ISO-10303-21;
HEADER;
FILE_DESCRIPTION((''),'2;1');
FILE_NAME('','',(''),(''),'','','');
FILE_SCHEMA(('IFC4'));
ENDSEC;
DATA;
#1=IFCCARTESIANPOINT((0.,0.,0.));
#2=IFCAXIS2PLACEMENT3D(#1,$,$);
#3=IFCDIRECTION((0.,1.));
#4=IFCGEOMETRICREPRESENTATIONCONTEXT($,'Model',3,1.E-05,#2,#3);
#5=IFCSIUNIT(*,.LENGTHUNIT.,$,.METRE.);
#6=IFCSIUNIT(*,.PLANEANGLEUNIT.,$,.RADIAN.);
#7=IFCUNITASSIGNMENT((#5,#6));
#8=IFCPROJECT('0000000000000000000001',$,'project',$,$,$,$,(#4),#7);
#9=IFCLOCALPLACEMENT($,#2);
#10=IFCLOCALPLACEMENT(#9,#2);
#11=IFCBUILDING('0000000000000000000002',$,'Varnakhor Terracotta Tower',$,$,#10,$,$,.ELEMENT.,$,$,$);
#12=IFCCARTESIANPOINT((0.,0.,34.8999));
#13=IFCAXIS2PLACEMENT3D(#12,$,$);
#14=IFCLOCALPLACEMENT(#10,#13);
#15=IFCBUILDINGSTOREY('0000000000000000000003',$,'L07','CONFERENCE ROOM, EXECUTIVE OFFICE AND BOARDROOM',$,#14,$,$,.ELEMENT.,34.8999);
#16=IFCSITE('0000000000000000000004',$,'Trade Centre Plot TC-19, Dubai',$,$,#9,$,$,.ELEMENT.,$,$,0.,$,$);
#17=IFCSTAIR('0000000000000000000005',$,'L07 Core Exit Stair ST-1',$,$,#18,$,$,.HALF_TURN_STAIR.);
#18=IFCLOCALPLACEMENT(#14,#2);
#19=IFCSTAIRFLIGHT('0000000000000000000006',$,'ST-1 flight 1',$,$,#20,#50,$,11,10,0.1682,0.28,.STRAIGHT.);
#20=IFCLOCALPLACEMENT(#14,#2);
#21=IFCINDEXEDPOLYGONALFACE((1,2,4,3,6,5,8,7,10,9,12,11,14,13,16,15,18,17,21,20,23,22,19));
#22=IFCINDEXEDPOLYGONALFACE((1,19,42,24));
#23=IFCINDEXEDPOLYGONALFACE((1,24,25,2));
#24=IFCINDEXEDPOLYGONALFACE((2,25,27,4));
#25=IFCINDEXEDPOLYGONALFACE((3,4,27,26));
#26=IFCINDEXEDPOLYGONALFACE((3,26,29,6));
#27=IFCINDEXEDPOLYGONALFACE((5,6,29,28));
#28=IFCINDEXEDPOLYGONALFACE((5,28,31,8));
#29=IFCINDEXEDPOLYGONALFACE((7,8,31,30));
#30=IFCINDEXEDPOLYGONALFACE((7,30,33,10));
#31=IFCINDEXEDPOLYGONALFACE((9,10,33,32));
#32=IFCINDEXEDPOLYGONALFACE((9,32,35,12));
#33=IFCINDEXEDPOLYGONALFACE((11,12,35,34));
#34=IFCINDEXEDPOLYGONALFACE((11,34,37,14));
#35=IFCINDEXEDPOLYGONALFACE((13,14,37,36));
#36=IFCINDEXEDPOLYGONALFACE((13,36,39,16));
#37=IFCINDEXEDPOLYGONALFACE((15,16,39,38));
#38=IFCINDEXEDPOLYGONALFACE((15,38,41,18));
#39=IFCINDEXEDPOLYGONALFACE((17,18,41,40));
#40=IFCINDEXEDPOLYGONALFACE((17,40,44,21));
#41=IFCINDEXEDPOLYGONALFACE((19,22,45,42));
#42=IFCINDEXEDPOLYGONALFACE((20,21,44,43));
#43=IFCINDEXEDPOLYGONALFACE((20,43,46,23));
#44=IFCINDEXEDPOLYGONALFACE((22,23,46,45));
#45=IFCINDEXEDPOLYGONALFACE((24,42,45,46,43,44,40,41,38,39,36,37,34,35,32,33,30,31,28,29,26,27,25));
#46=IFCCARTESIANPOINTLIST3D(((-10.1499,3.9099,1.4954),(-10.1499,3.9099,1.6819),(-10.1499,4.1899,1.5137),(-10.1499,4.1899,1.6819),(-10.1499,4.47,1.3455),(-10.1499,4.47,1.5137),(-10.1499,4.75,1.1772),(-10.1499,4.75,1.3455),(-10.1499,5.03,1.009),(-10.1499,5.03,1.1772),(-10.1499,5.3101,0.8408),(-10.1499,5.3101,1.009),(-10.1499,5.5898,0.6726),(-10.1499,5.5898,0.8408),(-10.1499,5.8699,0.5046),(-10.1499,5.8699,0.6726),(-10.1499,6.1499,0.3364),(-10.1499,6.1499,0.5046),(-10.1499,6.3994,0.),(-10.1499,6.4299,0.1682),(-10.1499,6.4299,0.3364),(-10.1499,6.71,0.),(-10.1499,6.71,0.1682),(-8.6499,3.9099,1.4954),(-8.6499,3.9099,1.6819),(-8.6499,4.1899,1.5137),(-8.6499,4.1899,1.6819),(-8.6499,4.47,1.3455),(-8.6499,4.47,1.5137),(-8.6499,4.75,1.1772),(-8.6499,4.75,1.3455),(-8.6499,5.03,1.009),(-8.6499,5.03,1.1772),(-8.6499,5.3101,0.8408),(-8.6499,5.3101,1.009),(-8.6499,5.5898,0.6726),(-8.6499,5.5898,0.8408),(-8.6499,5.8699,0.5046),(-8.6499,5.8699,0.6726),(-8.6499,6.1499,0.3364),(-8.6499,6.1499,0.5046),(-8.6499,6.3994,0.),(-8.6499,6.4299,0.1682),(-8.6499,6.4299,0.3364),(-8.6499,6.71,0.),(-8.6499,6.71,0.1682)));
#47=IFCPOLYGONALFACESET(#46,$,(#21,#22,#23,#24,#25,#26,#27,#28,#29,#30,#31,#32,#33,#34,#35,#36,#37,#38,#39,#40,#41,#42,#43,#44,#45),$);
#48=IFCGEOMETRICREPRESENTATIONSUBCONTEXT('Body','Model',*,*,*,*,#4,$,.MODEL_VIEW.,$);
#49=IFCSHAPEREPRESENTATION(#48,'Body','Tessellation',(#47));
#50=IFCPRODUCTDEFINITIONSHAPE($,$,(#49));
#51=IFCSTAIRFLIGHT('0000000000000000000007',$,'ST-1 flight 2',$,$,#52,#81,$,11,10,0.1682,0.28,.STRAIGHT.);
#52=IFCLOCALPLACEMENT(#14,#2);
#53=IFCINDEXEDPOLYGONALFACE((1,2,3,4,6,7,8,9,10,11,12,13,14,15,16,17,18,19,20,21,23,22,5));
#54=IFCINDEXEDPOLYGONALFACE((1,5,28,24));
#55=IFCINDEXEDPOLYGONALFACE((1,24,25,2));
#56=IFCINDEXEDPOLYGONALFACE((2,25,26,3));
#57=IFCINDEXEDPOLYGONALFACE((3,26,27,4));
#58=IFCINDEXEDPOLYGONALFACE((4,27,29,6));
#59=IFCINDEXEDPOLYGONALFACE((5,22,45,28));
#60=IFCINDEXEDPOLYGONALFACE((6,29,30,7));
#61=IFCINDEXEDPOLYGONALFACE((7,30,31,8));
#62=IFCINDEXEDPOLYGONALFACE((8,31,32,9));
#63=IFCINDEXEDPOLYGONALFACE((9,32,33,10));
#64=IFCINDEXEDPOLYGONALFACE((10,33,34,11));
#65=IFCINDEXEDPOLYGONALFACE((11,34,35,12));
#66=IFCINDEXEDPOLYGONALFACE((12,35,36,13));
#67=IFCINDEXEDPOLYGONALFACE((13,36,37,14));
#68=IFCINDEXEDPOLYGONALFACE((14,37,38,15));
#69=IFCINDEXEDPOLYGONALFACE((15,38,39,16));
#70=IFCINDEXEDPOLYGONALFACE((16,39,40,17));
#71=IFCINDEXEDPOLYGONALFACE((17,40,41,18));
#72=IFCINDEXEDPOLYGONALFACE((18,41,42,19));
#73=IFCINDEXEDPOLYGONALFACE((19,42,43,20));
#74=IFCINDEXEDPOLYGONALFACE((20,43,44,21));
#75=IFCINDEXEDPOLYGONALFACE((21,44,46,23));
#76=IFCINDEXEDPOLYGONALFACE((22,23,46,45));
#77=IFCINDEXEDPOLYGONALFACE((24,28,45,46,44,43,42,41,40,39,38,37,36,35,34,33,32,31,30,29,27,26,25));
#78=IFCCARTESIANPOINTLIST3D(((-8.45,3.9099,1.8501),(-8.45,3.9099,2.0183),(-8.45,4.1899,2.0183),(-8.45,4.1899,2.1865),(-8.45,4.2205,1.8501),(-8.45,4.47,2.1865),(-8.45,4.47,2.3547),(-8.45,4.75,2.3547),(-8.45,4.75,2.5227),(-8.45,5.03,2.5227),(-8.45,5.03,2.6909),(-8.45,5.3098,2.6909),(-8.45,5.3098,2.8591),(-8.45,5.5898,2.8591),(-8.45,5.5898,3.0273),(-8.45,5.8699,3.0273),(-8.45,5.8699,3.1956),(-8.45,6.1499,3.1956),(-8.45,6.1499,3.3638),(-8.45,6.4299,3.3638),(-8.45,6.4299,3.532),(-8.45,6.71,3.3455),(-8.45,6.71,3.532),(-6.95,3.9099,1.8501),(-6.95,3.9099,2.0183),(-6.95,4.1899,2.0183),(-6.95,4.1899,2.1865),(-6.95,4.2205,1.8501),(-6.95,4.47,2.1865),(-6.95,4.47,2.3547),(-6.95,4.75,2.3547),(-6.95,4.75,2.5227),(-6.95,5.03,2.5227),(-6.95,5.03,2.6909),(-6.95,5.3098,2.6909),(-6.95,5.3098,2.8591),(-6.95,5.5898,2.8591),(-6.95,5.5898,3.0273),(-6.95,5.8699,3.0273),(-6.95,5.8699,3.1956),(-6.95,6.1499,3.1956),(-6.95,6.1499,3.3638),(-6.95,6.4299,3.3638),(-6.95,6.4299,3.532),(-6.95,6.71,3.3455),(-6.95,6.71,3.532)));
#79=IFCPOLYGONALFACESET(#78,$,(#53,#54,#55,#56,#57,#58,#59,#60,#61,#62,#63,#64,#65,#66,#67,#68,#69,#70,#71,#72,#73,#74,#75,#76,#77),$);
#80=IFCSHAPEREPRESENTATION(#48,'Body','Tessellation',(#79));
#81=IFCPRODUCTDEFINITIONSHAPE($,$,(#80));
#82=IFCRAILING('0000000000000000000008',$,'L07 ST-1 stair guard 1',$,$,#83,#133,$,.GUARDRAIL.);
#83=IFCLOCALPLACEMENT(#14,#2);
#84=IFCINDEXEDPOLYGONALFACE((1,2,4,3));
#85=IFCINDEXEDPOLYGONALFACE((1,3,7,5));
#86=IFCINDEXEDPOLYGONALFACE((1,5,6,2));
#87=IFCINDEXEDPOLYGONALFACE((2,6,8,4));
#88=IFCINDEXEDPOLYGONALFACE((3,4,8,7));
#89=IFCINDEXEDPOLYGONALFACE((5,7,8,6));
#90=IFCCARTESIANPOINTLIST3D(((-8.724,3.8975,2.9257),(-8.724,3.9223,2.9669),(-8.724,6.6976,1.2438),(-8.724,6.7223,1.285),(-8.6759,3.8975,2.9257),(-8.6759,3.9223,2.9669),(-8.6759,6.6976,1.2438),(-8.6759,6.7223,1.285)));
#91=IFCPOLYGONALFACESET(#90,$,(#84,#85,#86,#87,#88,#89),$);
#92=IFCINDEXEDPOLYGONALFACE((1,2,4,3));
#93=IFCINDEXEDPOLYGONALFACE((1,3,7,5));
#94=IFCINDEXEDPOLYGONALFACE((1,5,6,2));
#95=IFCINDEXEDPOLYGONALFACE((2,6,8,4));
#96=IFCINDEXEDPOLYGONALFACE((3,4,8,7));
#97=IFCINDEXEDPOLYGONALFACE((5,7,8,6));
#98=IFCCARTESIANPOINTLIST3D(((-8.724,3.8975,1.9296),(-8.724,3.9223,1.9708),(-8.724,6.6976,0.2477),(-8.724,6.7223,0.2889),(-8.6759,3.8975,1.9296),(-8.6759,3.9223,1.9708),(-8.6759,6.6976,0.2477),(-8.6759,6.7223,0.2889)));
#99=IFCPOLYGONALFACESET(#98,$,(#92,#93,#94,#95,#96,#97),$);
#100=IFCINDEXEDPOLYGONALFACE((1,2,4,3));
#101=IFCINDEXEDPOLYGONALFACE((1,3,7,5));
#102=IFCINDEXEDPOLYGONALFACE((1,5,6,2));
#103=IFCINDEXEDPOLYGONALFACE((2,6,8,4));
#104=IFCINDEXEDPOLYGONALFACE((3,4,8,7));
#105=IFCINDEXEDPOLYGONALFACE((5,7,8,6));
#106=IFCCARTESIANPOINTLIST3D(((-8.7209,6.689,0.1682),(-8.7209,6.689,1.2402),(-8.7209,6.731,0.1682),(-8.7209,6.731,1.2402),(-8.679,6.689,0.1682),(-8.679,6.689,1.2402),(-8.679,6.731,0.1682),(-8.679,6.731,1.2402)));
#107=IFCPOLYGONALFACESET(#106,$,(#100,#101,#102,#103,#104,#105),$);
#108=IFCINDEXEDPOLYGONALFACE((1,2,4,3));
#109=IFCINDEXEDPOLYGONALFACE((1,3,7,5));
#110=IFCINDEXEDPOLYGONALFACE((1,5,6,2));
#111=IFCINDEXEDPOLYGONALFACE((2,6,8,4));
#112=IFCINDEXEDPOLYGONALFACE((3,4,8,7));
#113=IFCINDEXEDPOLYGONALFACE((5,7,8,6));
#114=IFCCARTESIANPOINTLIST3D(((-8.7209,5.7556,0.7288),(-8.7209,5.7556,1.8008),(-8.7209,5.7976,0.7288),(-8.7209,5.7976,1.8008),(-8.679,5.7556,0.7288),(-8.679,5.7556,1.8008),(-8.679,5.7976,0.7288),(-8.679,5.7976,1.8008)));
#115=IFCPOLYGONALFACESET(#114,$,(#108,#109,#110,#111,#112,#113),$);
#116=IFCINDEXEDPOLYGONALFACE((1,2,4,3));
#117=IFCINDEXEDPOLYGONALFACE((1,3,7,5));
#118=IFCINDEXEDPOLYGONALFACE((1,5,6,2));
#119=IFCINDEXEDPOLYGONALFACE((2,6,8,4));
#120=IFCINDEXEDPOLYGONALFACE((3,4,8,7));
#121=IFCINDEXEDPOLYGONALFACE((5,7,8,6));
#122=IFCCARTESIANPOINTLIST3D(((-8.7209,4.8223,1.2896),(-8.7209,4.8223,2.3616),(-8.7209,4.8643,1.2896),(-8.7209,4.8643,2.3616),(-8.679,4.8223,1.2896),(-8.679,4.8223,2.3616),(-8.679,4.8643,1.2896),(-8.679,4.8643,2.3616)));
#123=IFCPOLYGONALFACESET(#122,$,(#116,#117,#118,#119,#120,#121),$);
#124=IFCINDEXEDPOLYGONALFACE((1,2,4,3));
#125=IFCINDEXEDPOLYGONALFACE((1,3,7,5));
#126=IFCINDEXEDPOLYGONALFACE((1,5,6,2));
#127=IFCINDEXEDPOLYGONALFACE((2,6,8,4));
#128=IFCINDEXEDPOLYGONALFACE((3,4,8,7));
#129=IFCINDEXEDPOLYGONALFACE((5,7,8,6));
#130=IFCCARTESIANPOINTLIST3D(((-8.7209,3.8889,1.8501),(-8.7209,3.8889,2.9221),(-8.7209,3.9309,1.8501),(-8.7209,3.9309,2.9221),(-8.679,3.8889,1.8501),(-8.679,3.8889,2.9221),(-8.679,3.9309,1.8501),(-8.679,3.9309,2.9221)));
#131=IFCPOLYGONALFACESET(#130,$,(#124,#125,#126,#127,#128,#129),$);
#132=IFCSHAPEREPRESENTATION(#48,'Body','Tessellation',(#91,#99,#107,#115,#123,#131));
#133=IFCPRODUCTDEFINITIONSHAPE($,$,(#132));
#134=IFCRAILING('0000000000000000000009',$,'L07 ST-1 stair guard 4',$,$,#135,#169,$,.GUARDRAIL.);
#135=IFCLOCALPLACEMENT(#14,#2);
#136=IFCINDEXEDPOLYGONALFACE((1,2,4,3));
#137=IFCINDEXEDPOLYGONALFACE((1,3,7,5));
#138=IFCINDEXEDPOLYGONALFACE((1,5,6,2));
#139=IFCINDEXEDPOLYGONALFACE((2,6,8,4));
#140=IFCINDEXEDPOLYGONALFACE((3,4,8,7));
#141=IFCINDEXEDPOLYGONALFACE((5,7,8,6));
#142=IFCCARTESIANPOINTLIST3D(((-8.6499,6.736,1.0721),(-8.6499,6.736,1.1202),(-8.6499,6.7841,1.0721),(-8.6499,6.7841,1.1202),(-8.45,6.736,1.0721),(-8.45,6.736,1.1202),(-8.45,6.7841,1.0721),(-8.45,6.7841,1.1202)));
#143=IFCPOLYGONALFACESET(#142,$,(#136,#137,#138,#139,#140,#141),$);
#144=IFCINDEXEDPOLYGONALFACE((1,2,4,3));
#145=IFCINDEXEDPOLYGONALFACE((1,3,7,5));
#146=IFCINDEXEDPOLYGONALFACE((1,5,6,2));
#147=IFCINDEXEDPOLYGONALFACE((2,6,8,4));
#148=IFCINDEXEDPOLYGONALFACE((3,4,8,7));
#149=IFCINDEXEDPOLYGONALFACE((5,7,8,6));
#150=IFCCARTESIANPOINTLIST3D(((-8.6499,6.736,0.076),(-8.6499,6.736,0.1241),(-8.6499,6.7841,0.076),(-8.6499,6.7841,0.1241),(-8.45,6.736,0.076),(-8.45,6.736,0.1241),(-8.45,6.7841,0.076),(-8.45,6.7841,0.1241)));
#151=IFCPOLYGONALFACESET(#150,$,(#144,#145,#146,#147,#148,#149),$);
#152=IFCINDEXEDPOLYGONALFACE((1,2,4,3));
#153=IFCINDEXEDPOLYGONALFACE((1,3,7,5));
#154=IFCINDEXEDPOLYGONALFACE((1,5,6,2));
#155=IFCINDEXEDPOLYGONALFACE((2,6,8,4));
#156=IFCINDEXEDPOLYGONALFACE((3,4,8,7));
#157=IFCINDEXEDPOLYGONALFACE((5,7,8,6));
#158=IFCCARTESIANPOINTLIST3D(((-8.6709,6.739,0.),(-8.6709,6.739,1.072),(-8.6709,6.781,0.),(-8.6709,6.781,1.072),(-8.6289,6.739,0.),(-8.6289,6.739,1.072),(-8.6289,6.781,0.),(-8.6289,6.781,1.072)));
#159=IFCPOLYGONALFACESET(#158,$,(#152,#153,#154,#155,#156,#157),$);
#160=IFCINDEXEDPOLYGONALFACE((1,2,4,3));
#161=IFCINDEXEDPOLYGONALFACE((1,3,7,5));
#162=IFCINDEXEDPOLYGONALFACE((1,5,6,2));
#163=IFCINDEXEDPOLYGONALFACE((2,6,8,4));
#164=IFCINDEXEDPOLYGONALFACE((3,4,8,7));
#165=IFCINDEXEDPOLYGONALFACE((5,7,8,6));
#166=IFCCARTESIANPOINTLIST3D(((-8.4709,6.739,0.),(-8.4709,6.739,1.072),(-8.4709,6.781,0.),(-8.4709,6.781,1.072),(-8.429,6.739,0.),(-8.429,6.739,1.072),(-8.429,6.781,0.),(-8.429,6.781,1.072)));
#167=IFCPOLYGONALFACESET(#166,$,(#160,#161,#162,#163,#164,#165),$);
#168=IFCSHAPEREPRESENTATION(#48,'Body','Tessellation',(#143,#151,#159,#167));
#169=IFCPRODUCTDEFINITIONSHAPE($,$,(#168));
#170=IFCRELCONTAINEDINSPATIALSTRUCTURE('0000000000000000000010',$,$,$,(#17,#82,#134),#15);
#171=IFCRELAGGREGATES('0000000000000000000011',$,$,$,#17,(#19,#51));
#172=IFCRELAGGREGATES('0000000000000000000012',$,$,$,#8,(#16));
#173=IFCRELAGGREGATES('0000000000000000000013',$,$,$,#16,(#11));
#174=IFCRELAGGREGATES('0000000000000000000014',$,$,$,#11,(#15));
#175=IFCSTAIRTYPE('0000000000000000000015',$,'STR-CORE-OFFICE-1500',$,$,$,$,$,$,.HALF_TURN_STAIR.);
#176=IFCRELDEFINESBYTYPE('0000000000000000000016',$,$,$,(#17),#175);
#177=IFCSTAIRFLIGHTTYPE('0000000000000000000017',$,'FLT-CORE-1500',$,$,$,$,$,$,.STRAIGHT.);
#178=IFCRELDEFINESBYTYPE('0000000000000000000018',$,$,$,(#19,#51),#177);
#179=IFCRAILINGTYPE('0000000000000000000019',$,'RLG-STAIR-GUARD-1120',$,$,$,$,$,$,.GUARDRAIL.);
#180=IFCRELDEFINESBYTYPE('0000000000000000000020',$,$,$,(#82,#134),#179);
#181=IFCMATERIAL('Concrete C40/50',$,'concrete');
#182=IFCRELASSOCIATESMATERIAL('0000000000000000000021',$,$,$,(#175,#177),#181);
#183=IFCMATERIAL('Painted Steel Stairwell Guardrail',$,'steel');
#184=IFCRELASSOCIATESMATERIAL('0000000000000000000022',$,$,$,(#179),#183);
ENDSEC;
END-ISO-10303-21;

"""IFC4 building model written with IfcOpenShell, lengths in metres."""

from ifc_helpers import new_model, si_unit, direction, frame, origin, origin_2d, place, context, subcontext, project, spatial, polyline, rectangle, outline, extrude, material, type_object, element, aggregate, save


model = new_model("IFC4")

# Units and contexts
model_context = context("Model", 3, precision=1e-05, world=origin(), true_north=direction((0.0, 1.0)))
body_context = subcontext(model_context, "Body", "Model", "MODEL_VIEW")
ifc_project = project(units=[si_unit("LENGTHUNIT", "METRE"), si_unit("PLANEANGLEUNIT", "RADIAN")], contexts=[model_context])

# Site, building, storey
site_placement = place(None, origin())
site = spatial("IfcSite", under=ifc_project, at=site_placement, Name="Trade Centre Plot TC-19, Dubai", CompositionType="ELEMENT", RefElevation=0.0)
building_placement = place(site_placement, origin())
building = spatial("IfcBuilding", under=site, at=building_placement, Name="Varnakhor Terracotta Tower", CompositionType="ELEMENT")
storey_placement = place(building_placement, frame((0.0, 0.0, 34.8999)))
storey = spatial("IfcBuildingStorey", under=building, at=storey_placement, Name="L07", Description="CONFERENCE ROOM, EXECUTIVE OFFICE AND BOARDROOM", CompositionType="ELEMENT", Elevation=34.8999)

# Shared definitions
ifc_material_1 = material(Name="Concrete C40/50", Category="concrete")

# Stair, stair flights
stair_type = type_object("IfcStairType", Name="STR-CORE-OFFICE-1500", PredefinedType="HALF_TURN_STAIR", material=ifc_material_1)
stair_placement = place(storey_placement, origin())
stair = element("IfcStair", 1, at=stair_placement, inside=storey, type_object=stair_type, Name="L07 Core Exit Stair ST-1", PredefinedType="HALF_TURN_STAIR")
stair_flight_type = type_object("IfcStairFlightType", Name="FLT-CORE-1500", PredefinedType="STRAIGHT", material=ifc_material_1)
stair_flight_1_placement = place(storey_placement, frame((-9.3999, 6.71, 0.0), z_axis=(0.0, 0.0, 1.0), x_axis=(0.0, -1.0, 0.0)))
stair_flight_1 = element("IfcStairFlight", 2, at=stair_flight_1_placement, type_object=stair_flight_type, Name="ST-1 flight 1", NumberOfRisers=11, NumberOfTreads=10, PredefinedType="STRAIGHT", RiserHeight=0.1682, TreadLength=0.28, context=body_context, shape_type="SweptSolid", body=[
    extrude(outline(polyline([(0.0, 0.0), (0.0, 0.1682), (0.28, 0.1682), (0.28, 0.3364), (0.5601, 0.3364), (0.5601, 0.5046), (0.8401, 0.5046), (0.8401, 0.6726), (1.1201, 0.6726), (1.1201, 0.8408), (1.3999, 0.8408), (1.3999, 1.009), (1.6799, 1.009), (1.6799, 1.1772), (1.96, 1.1772), (1.96, 1.3455), (2.24, 1.3455), (2.24, 1.5137), (2.52, 1.5137), (2.52, 1.6819), (2.8, 1.6819), (2.8, 1.8501), (2.8, 1.4954), (0.3105, 0.0), (0.0, 0.0)])), frame((0.0, 0.75, 0.0), z_axis=(0.0, -1.0, 0.0), x_axis=(1.0, 0.0, 0.0)), (0.0, 0.0, 1.0), 1.5),
])
stair_flight_2_placement = place(storey_placement, frame((-7.7, 3.9099, 1.8501), z_axis=(0.0, 0.0, 1.0), x_axis=(0.0, 1.0, 0.0)))
stair_flight_2 = element("IfcStairFlight", 3, at=stair_flight_2_placement, type_object=stair_flight_type, Name="ST-1 flight 2", NumberOfRisers=11, NumberOfTreads=10, PredefinedType="STRAIGHT", RiserHeight=0.1682, TreadLength=0.28, context=body_context, shape_type="SweptSolid", body=[
    extrude(outline(polyline([(0.0, 0.0), (0.0, 0.1682), (0.28, 0.1682), (0.28, 0.3364), (0.5601, 0.3364), (0.5601, 0.5046), (0.8401, 0.5046), (0.8401, 0.6726), (1.1201, 0.6726), (1.1201, 0.8408), (1.3999, 0.8408), (1.3999, 1.009), (1.6799, 1.009), (1.6799, 1.1772), (1.96, 1.1772), (1.96, 1.3455), (2.24, 1.3455), (2.24, 1.5137), (2.52, 1.5137), (2.52, 1.6819), (2.8, 1.6819), (2.8, 1.8501), (2.8, 1.4954), (0.3105, 0.0), (0.0, 0.0)])), frame((0.0, 0.75, 0.0), z_axis=(0.0, -1.0, 0.0), x_axis=(1.0, 0.0, 0.0)), (0.0, 0.0, 1.0), 1.5),
])
aggregate(stair, [stair_flight_1, stair_flight_2])

# Railings
ifc_material_2 = material(Name="Painted Steel Stairwell Guardrail", Category="steel")
railing_type_1 = type_object("IfcRailingType", Name="RLG-STAIR-GUARD-1120", PredefinedType="GUARDRAIL", material=ifc_material_2)
railing_1_placement = place(storey_placement, frame((-8.7, 6.71, 0.1682)))
element("IfcRailing", 4, at=railing_1_placement, inside=storey, type_object=railing_type_1, Name="L07 ST-1 stair guard 1", PredefinedType="GUARDRAIL", context=body_context, shape_type="SweptSolid", body=[
    extrude(rectangle(XDim=0.0481, YDim=0.0481, at=origin_2d()), frame((0.0, 0.0, 1.0962), z_axis=(0.0, -0.857242, 0.514913), x_axis=(1.0, 0.0, 0.0)), (0.0, 0.0, 1.0), 3.2664),
    extrude(rectangle(XDim=0.0481, YDim=0.0481, at=origin_2d()), frame((0.0, 0.0, 0.1001), z_axis=(0.0, -0.857242, 0.514913), x_axis=(1.0, 0.0, 0.0)), (0.0, 0.0, 1.0), 3.2664),
    extrude(rectangle(XDim=0.042, YDim=0.042, at=origin_2d()), origin(), (0.0, 0.0, 1.0), 1.072),
    extrude(rectangle(XDim=0.042, YDim=0.042, at=origin_2d()), frame((0.0, -0.9333, 0.5605)), (0.0, 0.0, 1.0), 1.072),
    extrude(rectangle(XDim=0.042, YDim=0.042, at=origin_2d()), frame((0.0, -1.8667, 1.1213)), (0.0, 0.0, 1.0), 1.072),
    extrude(rectangle(XDim=0.042, YDim=0.042, at=origin_2d()), frame((0.0, -2.8, 1.6819)), (0.0, 0.0, 1.0), 1.072),
])
railing_2_placement = place(storey_placement, frame((-8.6499, 6.76, 0.0)))
element("IfcRailing", 5, at=railing_2_placement, inside=storey, type_object=railing_type_1, Name="L07 ST-1 stair guard 4", PredefinedType="GUARDRAIL", context=body_context, shape_type="SweptSolid", body=[
    extrude(rectangle(XDim=0.0481, YDim=0.0481, at=origin_2d()), frame((0.0, 0.0, 1.0962), z_axis=(1.0, 0.0, 0.0), x_axis=(0.0, 1.0, 0.0)), (0.0, 0.0, 1.0), 0.2),
    extrude(rectangle(XDim=0.0481, YDim=0.0481, at=origin_2d()), frame((0.0, 0.0, 0.1001), z_axis=(1.0, 0.0, 0.0), x_axis=(0.0, 1.0, 0.0)), (0.0, 0.0, 1.0), 0.2),
    extrude(rectangle(XDim=0.042, YDim=0.042, at=origin_2d()), origin(), (0.0, 0.0, 1.0), 1.072),
    extrude(rectangle(XDim=0.042, YDim=0.042, at=origin_2d()), frame((0.2, 0.0, 0.0)), (0.0, 0.0, 1.0), 1.072),
])

save(model, "model.ifc")
